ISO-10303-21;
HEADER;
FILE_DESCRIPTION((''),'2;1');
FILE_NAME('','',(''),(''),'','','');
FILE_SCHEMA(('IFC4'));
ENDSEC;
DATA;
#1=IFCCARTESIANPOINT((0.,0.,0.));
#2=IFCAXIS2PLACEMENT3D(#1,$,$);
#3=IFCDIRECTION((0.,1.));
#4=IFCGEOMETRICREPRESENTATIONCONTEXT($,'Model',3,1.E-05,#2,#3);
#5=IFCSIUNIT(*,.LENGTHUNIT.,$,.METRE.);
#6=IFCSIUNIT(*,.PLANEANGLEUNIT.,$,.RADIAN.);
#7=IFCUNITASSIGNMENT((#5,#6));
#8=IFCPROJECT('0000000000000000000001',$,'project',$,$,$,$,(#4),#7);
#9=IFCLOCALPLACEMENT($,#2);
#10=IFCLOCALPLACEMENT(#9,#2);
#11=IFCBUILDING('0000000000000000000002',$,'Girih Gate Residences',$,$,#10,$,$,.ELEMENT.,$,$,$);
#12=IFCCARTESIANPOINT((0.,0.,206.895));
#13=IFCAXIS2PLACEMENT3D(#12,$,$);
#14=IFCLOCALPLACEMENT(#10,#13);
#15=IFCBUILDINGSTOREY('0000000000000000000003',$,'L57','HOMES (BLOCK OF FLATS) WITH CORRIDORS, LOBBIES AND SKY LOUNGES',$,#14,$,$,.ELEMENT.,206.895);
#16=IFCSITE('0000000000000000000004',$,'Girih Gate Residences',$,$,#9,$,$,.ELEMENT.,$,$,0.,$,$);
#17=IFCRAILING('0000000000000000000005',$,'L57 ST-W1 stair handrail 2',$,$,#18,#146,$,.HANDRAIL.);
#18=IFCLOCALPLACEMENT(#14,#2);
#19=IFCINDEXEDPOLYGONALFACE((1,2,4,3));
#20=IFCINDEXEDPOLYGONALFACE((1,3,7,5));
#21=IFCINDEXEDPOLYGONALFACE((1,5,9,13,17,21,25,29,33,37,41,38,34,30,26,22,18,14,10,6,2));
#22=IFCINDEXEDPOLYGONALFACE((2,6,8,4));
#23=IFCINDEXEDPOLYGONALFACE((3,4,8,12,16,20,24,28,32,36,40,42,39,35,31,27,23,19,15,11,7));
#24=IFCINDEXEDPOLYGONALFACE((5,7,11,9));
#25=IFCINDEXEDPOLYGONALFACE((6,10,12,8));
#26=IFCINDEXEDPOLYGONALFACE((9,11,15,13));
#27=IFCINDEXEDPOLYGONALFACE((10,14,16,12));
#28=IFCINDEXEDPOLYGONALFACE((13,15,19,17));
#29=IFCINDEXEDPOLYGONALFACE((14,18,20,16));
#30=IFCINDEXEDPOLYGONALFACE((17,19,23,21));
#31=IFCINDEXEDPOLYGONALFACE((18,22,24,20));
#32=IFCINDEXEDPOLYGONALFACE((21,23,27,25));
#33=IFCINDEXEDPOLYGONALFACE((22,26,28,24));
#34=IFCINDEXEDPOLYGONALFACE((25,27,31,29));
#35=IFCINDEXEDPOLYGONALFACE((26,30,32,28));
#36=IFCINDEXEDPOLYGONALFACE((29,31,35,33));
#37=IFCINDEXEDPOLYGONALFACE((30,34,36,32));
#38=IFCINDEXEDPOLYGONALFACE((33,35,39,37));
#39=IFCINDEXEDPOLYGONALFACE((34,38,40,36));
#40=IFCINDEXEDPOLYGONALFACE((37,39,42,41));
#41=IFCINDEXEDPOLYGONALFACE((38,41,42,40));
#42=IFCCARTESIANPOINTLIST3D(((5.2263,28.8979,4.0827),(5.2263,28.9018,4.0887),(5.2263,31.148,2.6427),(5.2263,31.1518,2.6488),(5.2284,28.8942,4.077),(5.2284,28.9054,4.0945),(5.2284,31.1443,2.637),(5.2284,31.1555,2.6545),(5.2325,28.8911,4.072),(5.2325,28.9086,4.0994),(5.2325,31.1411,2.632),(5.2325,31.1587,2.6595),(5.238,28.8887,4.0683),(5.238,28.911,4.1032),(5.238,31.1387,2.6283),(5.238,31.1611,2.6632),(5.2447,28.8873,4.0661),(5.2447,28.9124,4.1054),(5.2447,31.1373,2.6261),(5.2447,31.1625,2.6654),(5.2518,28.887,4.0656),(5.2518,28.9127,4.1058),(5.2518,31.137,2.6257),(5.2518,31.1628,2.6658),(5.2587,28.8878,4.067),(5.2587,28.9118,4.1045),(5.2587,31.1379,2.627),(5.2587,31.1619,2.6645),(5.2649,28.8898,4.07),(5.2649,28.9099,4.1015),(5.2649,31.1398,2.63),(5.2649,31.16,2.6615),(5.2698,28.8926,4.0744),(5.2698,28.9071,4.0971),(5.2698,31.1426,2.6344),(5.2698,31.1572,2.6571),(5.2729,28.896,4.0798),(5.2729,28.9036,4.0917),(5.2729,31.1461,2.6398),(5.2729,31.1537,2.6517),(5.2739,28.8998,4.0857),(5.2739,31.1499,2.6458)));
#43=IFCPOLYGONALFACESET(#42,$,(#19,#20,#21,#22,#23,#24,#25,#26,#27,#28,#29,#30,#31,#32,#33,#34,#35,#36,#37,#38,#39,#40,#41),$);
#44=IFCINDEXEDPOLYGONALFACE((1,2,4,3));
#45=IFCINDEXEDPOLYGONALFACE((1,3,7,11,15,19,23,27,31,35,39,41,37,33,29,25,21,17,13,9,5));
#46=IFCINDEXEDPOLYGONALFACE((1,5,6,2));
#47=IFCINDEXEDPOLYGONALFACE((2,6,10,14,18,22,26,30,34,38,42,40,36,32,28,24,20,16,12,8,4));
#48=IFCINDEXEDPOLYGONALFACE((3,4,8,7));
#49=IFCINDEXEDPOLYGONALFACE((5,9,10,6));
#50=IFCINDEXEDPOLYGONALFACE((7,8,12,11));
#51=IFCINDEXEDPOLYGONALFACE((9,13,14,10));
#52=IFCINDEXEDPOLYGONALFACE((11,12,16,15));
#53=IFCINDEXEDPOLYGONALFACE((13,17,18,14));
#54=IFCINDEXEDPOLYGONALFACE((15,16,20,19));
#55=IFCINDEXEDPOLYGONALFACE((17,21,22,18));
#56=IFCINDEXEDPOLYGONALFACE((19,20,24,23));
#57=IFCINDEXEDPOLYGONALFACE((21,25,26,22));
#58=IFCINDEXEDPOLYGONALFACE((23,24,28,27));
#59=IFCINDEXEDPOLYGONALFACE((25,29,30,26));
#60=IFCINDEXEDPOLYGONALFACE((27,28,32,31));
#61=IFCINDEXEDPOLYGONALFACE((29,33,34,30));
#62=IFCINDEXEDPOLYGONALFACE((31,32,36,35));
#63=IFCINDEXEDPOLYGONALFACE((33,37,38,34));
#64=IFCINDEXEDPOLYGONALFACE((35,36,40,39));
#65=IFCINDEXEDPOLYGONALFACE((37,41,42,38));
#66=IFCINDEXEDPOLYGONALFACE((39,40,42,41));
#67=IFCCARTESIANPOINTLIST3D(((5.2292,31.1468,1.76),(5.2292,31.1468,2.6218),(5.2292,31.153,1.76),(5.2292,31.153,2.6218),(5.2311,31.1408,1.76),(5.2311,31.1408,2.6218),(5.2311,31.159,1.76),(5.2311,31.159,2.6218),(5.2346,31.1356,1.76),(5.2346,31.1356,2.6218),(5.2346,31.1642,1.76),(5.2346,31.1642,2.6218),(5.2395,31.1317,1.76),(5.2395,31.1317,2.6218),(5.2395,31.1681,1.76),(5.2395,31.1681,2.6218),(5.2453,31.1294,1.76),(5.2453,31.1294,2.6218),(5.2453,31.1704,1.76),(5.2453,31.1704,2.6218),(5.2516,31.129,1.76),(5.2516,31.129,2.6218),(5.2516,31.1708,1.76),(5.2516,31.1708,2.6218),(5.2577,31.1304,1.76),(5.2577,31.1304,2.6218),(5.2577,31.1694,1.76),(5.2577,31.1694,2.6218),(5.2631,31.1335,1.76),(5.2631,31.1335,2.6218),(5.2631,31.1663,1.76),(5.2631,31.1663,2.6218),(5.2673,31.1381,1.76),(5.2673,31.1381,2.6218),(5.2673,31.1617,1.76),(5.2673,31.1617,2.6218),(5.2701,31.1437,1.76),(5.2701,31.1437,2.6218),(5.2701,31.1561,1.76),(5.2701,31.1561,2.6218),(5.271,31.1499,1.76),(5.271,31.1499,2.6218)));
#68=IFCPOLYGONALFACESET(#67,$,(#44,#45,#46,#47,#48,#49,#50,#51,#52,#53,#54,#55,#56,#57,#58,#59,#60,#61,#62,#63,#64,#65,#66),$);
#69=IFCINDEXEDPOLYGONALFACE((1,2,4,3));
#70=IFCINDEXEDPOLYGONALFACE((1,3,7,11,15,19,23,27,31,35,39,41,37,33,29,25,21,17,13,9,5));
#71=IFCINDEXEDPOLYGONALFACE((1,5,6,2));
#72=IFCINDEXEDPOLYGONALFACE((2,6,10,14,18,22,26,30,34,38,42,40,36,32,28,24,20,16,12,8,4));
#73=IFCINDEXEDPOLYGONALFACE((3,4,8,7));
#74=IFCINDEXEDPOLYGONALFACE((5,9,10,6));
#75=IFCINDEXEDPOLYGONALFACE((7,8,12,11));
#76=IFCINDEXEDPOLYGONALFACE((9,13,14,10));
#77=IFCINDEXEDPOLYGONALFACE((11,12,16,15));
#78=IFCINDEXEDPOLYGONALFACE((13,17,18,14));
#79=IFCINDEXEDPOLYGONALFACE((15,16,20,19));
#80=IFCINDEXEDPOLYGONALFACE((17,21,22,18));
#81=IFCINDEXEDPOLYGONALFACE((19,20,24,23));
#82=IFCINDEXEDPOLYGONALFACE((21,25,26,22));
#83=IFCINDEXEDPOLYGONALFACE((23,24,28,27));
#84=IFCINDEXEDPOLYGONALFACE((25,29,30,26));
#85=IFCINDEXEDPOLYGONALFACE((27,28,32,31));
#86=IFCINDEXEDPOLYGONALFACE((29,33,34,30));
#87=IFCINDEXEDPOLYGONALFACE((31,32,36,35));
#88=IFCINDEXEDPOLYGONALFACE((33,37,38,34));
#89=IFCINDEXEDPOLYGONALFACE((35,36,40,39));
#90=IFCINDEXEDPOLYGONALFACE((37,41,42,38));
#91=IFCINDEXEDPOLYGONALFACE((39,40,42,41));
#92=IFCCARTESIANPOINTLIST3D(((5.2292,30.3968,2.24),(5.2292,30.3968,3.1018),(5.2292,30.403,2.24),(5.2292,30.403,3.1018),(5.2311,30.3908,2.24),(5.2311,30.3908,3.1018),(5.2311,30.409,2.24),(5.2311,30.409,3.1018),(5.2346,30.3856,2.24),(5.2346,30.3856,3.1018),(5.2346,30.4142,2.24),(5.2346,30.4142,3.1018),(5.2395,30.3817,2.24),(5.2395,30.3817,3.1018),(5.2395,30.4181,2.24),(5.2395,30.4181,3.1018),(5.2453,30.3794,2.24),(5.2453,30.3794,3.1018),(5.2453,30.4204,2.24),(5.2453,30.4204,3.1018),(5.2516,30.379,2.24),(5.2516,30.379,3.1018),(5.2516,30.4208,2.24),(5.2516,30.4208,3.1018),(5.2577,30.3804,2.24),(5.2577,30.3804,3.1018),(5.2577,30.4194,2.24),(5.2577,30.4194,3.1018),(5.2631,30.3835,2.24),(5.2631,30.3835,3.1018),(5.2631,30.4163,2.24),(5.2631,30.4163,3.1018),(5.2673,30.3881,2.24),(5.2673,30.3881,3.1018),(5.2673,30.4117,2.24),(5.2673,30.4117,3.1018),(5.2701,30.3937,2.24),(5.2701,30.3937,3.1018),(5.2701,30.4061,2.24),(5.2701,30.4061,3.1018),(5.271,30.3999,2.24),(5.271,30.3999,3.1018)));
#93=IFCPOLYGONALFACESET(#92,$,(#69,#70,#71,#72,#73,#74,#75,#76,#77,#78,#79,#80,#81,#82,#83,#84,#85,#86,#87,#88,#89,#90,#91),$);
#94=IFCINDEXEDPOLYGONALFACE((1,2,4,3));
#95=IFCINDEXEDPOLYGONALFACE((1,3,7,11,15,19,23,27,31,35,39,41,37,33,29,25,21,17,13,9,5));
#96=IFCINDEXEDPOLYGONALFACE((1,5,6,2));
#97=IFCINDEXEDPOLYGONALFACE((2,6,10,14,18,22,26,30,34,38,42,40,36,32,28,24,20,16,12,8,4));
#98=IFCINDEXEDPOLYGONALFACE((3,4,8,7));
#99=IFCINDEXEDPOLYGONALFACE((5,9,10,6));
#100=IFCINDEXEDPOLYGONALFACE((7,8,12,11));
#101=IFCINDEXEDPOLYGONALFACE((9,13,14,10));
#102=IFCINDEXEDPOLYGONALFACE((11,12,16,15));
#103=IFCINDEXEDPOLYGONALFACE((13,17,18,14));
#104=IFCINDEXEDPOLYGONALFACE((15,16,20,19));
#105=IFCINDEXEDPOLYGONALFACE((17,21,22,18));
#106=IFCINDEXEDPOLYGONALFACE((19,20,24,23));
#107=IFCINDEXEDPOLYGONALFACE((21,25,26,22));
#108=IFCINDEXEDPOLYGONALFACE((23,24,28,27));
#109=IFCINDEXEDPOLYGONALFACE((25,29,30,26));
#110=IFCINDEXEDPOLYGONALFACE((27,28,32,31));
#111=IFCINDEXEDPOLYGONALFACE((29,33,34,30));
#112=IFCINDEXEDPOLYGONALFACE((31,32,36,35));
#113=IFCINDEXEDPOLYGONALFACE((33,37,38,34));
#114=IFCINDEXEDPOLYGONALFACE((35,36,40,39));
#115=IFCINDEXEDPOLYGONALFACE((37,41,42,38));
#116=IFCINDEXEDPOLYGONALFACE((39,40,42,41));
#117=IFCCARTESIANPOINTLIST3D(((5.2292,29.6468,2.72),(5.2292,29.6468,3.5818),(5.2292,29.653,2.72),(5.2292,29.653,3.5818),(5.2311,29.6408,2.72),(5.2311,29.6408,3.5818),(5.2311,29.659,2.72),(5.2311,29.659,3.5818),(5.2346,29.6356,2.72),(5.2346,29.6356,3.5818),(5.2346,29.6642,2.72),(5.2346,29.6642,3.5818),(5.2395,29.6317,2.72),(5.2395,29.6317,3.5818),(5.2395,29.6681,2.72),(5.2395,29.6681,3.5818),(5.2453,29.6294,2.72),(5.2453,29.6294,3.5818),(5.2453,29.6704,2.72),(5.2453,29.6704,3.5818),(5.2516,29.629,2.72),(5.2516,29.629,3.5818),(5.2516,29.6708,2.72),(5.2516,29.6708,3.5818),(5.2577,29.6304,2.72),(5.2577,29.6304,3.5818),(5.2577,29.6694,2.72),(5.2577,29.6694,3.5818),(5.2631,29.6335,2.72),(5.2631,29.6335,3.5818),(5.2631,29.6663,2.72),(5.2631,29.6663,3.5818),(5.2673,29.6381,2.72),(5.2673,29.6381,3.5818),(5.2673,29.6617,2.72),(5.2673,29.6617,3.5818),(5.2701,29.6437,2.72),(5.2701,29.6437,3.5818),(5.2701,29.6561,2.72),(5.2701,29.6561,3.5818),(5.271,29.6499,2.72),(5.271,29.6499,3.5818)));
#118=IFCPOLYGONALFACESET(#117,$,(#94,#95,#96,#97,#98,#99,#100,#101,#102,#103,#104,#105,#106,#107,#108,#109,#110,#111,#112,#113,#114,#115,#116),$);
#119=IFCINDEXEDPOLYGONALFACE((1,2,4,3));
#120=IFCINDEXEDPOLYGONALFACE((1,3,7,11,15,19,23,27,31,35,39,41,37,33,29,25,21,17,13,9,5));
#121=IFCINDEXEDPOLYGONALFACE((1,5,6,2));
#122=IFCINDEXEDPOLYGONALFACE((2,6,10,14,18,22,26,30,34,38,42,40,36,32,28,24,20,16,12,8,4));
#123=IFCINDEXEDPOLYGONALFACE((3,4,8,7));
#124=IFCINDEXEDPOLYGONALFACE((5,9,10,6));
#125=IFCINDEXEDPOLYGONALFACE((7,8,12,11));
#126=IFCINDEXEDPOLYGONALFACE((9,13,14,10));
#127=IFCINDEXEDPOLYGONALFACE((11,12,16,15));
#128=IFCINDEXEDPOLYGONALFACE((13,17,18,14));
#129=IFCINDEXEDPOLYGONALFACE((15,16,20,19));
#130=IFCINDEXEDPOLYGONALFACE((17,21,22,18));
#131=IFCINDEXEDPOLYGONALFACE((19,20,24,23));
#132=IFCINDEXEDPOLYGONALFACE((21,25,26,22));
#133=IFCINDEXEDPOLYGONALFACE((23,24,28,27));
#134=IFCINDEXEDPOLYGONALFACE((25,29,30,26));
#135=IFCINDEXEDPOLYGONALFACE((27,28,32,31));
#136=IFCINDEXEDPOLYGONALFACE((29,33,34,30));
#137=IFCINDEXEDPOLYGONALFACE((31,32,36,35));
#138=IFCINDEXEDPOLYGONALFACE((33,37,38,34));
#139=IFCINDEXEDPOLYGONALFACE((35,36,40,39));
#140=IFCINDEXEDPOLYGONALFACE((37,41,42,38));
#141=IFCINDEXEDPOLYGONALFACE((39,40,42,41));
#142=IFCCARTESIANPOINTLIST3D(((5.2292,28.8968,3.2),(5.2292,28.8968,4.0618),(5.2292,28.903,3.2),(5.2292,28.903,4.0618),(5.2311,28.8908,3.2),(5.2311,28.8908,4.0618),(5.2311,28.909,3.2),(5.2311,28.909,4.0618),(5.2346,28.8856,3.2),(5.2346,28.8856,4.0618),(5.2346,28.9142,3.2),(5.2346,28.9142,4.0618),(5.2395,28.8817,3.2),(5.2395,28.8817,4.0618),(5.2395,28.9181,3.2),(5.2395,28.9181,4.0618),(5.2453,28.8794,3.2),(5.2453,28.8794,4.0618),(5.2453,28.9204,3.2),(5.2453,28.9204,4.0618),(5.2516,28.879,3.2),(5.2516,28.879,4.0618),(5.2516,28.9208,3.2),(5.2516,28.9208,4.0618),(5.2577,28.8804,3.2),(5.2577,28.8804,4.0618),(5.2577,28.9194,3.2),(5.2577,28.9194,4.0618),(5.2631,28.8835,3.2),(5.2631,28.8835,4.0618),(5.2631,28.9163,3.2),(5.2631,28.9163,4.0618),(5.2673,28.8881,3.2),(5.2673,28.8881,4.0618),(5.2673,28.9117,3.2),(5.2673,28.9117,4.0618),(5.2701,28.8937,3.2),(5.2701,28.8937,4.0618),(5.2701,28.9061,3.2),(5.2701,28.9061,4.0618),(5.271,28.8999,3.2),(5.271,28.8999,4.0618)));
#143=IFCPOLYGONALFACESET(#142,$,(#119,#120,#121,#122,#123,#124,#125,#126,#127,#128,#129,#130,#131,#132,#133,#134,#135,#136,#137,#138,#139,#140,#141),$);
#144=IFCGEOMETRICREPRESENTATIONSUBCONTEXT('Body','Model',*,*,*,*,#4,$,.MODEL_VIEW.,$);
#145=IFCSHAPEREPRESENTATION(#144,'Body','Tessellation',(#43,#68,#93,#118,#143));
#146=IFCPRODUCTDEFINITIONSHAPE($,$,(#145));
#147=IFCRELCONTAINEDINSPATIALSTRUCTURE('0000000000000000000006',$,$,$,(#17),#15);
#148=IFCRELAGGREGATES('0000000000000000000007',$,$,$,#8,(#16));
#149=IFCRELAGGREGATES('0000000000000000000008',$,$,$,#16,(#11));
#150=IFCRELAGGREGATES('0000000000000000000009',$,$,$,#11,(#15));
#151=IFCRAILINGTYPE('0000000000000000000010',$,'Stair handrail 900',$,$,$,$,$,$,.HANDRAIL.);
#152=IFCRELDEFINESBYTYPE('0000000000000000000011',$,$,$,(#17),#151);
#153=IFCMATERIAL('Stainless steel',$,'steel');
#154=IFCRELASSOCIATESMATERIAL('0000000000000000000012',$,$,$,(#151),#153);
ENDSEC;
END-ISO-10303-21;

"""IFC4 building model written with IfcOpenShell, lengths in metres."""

from ifc_helpers import new_model, si_unit, direction, frame, origin, origin_2d, place, context, subcontext, project, spatial, circle, extrude, material, type_object, element, save


model = new_model("IFC4")

# Units and contexts
model_context = context("Model", 3, precision=1e-05, world=origin(), true_north=direction((0.0, 1.0)))
body_context = subcontext(model_context, "Body", "Model", "MODEL_VIEW")
ifc_project = project(units=[si_unit("LENGTHUNIT", "METRE"), si_unit("PLANEANGLEUNIT", "RADIAN")], contexts=[model_context])

# Site, building, storey
site_placement = place(None, origin())
site = spatial("IfcSite", under=ifc_project, at=site_placement, Name="Girih Gate Residences", CompositionType="ELEMENT", RefElevation=0.0)
building_placement = place(site_placement, origin())
building = spatial("IfcBuilding", under=site, at=building_placement, Name="Girih Gate Residences", CompositionType="ELEMENT")
storey_placement = place(building_placement, frame((0.0, 0.0, 206.895)))
storey = spatial("IfcBuildingStorey", under=building, at=storey_placement, Name="L57", Description="HOMES (BLOCK OF FLATS) WITH CORRIDORS, LOBBIES AND SKY LOUNGES", CompositionType="ELEMENT", Elevation=206.895)

# Railing
ifc_material_1 = material(Name="Stainless steel", Category="steel")
railing_type = type_object("IfcRailingType", Name="Stair handrail 900", PredefinedType="HANDRAIL", material=ifc_material_1)
railing_placement = place(storey_placement, frame((5.25, 31.1499, 1.76)))
element("IfcRailing", 1, at=railing_placement, inside=storey, type_object=railing_type, Name="L57 ST-W1 stair handrail 2", PredefinedType="HANDRAIL", context=body_context, shape_type="SweptSolid", body=[
    extrude(circle(Radius=0.0239, at=origin_2d()), frame((0.0, 0.0, 0.8857), z_axis=(0.0, -0.842281, 0.539038), x_axis=(1.0, 0.0, 0.0)), (0.0, 0.0, 1.0), 2.6714),
    extrude(circle(Radius=0.021, at=origin_2d()), origin(), (0.0, 0.0, 1.0), 0.8618),
    extrude(circle(Radius=0.021, at=origin_2d()), frame((0.0, -0.75, 0.48)), (0.0, 0.0, 1.0), 0.8618),
    extrude(circle(Radius=0.021, at=origin_2d()), frame((0.0, -1.5, 0.96)), (0.0, 0.0, 1.0), 0.8618),
    extrude(circle(Radius=0.021, at=origin_2d()), frame((0.0, -2.25, 1.4399)), (0.0, 0.0, 1.0), 0.8618),
])

save(model, "model.ifc")
